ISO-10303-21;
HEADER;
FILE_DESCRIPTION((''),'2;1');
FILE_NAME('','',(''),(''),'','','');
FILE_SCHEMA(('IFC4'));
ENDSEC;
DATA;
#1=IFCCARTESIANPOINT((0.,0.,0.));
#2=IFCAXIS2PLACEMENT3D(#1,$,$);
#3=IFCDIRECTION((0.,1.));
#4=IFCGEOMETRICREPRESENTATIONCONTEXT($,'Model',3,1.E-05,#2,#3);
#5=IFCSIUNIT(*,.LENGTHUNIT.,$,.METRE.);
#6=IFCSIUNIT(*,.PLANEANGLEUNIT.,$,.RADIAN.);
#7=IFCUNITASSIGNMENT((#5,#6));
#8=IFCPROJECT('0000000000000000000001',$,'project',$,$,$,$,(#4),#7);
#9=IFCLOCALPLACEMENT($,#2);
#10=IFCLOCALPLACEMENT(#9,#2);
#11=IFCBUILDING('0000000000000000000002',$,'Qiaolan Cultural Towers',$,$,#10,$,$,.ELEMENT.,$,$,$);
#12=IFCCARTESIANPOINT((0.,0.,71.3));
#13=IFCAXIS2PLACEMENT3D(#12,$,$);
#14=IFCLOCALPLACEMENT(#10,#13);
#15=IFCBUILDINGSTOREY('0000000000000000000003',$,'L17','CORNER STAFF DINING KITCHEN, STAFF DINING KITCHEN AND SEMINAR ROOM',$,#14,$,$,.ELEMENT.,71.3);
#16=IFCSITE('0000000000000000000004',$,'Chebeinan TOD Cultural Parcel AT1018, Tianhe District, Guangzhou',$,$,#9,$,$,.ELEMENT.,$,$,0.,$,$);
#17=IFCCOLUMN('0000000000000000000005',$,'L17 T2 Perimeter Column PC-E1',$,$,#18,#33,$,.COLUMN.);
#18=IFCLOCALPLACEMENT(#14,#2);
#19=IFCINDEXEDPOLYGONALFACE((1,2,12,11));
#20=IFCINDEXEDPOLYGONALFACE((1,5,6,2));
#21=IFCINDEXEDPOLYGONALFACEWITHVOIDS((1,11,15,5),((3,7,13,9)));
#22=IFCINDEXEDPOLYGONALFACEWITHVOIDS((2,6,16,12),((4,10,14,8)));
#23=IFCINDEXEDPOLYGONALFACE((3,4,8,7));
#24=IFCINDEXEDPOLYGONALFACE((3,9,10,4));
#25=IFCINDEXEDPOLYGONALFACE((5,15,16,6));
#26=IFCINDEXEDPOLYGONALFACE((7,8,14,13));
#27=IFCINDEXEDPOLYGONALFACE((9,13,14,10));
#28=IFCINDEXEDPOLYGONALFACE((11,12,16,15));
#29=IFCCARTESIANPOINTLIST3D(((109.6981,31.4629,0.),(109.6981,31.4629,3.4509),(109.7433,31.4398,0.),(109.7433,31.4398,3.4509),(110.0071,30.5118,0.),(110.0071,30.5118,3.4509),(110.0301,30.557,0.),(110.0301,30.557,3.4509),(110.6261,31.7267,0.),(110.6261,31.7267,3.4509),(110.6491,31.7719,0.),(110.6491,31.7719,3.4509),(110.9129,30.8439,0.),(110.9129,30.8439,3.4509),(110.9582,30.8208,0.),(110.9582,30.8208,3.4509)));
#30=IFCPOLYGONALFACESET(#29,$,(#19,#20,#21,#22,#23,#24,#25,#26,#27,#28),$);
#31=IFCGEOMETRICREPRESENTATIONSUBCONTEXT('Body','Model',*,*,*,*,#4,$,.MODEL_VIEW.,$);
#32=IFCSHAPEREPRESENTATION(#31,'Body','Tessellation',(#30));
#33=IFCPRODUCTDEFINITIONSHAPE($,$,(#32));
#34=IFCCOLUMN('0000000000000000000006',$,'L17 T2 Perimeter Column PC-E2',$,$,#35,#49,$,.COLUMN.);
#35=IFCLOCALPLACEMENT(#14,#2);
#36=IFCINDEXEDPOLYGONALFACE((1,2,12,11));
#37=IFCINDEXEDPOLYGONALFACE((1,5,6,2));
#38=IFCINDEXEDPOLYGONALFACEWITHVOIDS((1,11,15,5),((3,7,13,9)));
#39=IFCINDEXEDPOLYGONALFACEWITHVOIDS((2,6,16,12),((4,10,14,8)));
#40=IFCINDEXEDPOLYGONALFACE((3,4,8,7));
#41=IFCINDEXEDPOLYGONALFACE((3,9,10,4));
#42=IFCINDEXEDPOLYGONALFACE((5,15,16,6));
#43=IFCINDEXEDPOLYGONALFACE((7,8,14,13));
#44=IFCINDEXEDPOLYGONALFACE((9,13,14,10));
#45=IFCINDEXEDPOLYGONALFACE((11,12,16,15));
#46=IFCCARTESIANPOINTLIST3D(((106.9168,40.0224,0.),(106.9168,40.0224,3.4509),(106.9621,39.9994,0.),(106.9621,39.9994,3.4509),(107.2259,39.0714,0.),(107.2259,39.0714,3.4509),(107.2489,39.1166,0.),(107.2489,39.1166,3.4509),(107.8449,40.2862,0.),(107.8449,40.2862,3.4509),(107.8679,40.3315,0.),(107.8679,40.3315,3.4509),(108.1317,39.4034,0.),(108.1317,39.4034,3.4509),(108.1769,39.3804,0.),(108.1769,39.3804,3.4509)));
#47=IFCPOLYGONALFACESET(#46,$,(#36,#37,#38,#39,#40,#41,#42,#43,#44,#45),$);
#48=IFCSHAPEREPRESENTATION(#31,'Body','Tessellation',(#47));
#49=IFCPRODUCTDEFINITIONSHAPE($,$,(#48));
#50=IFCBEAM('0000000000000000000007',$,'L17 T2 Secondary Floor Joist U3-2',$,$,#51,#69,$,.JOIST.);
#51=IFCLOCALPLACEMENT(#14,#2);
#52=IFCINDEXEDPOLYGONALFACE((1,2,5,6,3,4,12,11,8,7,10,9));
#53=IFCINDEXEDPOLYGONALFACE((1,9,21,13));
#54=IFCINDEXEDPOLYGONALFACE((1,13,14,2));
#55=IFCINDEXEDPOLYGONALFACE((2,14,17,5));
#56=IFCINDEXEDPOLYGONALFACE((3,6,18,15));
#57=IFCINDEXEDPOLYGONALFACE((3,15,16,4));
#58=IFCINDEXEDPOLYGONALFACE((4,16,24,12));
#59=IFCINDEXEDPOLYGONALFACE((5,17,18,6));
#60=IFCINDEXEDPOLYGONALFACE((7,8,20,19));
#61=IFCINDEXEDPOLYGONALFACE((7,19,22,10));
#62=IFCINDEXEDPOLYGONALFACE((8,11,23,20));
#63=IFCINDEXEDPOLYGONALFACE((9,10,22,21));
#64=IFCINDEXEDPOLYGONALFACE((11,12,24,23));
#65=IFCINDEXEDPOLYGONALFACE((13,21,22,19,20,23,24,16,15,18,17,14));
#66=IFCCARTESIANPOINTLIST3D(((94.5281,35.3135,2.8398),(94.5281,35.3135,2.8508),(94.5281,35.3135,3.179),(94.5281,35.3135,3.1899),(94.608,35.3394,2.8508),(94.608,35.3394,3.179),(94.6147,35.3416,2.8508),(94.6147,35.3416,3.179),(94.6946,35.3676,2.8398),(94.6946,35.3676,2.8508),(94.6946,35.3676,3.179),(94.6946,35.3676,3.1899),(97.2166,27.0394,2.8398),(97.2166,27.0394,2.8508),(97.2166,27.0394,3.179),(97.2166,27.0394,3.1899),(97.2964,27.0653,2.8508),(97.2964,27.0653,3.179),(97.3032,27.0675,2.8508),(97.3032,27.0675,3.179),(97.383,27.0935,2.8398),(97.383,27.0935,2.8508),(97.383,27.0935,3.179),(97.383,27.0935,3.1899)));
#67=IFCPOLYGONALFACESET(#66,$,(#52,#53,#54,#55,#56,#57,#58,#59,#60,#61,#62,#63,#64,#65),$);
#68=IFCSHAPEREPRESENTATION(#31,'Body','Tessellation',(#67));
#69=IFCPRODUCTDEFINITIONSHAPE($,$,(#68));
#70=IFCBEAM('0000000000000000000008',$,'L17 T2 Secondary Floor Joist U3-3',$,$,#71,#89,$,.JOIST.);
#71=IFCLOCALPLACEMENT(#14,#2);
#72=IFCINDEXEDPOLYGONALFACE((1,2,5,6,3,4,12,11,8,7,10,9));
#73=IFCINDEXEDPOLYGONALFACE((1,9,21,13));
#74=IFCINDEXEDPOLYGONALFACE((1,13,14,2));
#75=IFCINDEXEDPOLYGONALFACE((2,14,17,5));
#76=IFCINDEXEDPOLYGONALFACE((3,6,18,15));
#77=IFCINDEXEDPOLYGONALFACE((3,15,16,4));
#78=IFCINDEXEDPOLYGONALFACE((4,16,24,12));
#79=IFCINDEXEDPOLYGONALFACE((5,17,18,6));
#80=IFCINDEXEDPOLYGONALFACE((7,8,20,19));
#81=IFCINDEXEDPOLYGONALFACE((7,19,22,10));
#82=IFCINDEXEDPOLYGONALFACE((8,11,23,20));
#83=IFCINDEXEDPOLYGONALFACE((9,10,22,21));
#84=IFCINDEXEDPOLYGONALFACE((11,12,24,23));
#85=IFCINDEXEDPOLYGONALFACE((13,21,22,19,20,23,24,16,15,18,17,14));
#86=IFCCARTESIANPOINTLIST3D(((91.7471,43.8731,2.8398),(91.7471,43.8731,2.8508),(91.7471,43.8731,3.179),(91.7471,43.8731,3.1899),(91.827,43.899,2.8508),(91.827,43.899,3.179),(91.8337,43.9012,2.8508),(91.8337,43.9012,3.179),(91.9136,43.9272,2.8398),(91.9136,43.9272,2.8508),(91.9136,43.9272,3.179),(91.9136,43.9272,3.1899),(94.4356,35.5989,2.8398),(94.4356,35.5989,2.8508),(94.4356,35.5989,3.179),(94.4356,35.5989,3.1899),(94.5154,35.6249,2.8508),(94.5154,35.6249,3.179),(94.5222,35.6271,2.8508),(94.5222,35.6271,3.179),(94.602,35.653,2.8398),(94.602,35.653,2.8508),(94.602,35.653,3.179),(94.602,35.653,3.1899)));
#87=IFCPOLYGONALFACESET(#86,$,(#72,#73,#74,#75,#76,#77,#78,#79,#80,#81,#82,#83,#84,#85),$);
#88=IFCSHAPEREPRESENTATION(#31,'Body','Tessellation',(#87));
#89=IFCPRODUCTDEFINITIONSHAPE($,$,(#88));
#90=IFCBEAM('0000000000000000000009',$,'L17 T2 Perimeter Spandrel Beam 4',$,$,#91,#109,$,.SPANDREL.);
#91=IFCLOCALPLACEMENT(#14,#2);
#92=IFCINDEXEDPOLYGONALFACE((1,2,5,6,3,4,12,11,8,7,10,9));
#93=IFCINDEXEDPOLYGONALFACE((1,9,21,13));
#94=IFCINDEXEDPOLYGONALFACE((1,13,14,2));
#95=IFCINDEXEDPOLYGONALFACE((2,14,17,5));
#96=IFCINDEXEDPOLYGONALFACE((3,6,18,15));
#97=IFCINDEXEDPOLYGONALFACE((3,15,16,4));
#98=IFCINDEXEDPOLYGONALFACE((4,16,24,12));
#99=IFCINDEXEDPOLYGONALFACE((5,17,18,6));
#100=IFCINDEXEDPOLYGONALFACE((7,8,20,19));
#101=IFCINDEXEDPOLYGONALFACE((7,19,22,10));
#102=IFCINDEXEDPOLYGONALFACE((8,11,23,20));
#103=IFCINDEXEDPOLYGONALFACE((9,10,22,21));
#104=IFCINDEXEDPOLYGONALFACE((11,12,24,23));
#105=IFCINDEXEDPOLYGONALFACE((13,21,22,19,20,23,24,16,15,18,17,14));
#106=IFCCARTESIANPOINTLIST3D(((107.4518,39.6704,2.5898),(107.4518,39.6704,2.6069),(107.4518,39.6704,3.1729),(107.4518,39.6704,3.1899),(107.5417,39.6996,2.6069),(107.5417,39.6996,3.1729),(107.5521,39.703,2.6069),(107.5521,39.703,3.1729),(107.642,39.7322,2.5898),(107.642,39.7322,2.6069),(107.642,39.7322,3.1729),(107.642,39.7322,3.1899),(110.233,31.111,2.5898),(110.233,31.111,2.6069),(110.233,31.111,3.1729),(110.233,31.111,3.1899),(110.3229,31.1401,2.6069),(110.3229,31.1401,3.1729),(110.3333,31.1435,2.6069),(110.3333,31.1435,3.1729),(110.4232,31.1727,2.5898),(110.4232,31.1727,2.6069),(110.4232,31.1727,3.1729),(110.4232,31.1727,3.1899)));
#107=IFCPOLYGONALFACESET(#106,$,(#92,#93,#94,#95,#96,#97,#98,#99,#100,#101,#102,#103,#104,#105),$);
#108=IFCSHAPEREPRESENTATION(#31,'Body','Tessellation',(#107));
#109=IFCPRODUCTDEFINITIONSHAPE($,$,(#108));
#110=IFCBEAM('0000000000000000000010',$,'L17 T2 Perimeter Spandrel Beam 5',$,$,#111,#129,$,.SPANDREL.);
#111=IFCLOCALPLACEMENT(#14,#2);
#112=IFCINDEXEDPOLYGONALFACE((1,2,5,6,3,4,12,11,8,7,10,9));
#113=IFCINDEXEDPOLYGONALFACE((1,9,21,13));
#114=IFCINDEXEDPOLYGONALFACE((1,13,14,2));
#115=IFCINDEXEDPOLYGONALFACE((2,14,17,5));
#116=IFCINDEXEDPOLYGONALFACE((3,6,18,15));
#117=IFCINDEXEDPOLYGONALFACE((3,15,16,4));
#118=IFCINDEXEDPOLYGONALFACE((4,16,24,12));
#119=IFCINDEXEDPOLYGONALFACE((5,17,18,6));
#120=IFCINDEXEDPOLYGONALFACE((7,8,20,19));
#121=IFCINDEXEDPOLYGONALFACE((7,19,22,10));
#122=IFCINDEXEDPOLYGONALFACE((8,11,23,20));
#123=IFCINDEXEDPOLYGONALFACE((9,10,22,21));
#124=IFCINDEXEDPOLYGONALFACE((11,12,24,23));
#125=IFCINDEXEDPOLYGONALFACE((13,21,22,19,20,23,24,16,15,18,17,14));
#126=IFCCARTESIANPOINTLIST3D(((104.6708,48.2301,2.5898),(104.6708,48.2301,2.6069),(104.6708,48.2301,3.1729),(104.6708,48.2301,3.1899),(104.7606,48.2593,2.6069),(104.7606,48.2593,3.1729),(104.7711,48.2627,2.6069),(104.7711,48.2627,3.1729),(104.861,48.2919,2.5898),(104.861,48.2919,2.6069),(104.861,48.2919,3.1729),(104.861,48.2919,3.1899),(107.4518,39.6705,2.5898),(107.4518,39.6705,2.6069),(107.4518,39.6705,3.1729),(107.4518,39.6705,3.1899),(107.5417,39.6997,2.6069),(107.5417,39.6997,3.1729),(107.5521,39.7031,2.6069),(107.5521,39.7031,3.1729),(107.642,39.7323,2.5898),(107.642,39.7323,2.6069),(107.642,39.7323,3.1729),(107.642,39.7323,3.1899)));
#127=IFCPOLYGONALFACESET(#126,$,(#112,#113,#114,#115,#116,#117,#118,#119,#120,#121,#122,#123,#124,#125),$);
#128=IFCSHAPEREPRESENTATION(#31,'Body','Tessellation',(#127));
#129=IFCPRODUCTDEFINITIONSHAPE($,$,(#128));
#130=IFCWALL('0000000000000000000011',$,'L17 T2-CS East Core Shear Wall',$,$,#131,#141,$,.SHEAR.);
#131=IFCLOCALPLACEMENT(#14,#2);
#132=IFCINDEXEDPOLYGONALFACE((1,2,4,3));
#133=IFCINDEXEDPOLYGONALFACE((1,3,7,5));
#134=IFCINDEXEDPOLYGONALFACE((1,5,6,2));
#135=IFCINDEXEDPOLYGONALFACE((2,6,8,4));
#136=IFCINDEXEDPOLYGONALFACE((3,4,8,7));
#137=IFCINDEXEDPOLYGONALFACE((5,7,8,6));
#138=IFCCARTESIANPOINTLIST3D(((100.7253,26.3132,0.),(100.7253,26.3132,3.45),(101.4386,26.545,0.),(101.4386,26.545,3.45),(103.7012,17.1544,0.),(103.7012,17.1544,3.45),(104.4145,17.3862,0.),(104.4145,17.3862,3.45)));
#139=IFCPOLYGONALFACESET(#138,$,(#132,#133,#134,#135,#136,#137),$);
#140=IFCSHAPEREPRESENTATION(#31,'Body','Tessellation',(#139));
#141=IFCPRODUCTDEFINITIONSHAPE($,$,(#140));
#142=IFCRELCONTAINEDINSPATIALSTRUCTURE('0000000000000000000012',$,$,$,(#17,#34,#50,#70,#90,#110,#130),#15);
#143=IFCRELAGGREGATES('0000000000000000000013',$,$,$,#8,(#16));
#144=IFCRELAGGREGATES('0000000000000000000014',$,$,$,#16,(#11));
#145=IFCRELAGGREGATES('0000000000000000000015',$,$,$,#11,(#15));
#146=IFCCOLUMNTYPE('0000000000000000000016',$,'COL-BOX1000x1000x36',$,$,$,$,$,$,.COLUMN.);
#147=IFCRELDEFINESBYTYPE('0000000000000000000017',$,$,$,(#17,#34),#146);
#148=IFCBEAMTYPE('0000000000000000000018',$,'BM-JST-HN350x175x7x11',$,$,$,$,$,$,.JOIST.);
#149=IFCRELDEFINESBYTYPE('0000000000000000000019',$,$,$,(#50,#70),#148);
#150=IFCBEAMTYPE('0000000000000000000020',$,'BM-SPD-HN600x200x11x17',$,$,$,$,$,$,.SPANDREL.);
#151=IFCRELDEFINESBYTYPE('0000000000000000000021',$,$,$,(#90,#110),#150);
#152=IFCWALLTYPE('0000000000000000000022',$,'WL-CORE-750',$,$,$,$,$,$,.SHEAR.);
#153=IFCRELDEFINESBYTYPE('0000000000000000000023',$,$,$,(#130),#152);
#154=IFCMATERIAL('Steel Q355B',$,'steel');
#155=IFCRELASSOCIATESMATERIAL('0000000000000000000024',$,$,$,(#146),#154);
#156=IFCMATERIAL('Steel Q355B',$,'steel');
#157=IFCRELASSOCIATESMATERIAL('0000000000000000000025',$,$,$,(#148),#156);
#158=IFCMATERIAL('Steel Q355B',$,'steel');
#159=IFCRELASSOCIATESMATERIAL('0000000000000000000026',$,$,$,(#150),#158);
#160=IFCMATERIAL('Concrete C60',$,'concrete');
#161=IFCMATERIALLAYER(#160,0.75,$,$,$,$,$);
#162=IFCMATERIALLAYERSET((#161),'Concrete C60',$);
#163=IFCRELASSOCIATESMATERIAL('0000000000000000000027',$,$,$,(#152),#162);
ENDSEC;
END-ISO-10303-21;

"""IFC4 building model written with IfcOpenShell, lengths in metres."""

from ifc_helpers import new_model, si_unit, direction, frame, frame_2d, origin, origin_2d, place, context, subcontext, project, spatial, rectangle, hollow_rectangle, i_section, extrude, material, layer, layer_set, material_profile, profile_set, type_object, element, save


model = new_model("IFC4")

# Units and contexts
model_context = context("Model", 3, precision=1e-05, world=origin(), true_north=direction((0.0, 1.0)))
body_context = subcontext(model_context, "Body", "Model", "MODEL_VIEW")
ifc_project = project(units=[si_unit("LENGTHUNIT", "METRE"), si_unit("PLANEANGLEUNIT", "RADIAN")], contexts=[model_context])

# Site, building, storey
site_placement = place(None, origin())
site = spatial("IfcSite", under=ifc_project, at=site_placement, Name="Chebeinan TOD Cultural Parcel AT1018, Tianhe District, Guangzhou", CompositionType="ELEMENT", RefElevation=0.0)
building_placement = place(site_placement, origin())
building = spatial("IfcBuilding", under=site, at=building_placement, Name="Qiaolan Cultural Towers", CompositionType="ELEMENT")
storey_placement = place(building_placement, frame((0.0, 0.0, 71.3)))
storey = spatial("IfcBuildingStorey", under=building, at=storey_placement, Name="L17", Description="CORNER STAFF DINING KITCHEN, STAFF DINING KITCHEN AND SEMINAR ROOM", CompositionType="ELEMENT", Elevation=71.3)

# Columns
ifc_material_1 = material(Name="Steel Q355B", Category="steel")
ifc_material_profile_1 = material_profile(ifc_material_1, hollow_rectangle(XDim=1.0, YDim=1.0, WallThickness=0.0359, at=origin_2d()), Name="BOX1000x1000x36")
ifc_profile_set_1 = profile_set([ifc_material_profile_1], Name="Steel Q355B")
column_type = type_object("IfcColumnType", Name="COL-BOX1000x1000x36", PredefinedType="COLUMN", material=ifc_profile_set_1)
for number, where, z_axis, x_axis, name in (
    (1, (110.3281, 31.1418, 0.0), (0.0, 0.0, 1.0), (0.951057, 0.309017, 0.0), "L17 T2 Perimeter Column PC-E1"),
    (2, (107.5469, 39.7014, 0.0), (0.0, 0.0, 1.0), (0.951057, 0.309017, 0.0), "L17 T2 Perimeter Column PC-E2"),
):
    element("IfcColumn", number, at=place(storey_placement, frame(where, z_axis=z_axis, x_axis=x_axis)), inside=storey, type_object=column_type, Name=name, PredefinedType="COLUMN", context=body_context, shape_type="SweptSolid", body=[
        extrude(hollow_rectangle(XDim=1.0, YDim=1.0, WallThickness=0.0359, at=origin_2d()), origin(), (0.0, 0.0, 1.0), 3.4509),
    ])

# Beams
ifc_material_2 = material(Name="Steel Q355B", Category="steel")
ifc_material_profile_2 = material_profile(ifc_material_2, i_section(OverallWidth=0.175, OverallDepth=0.3501, WebThickness=0.0071, FlangeThickness=0.011, at=origin_2d()), Name="HN350x175x7x11")
ifc_profile_set_2 = profile_set([ifc_material_profile_2], Name="Steel Q355B")
beam_type_1 = type_object("IfcBeamType", Name="BM-JST-HN350x175x7x11", PredefinedType="JOIST", material=ifc_profile_set_2)
for number, where, z_axis, x_axis, name in (
    (3, (97.2998, 27.0664, 3.0149), (-0.309021, 0.951055, 0.0), (-0.951055, -0.309021, 0.0), "L17 T2 Secondary Floor Joist U3-2"),
    (4, (94.5188, 35.626, 3.0149), (-0.309021, 0.951055, 0.0), (-0.951055, -0.309021, 0.0), "L17 T2 Secondary Floor Joist U3-3"),
):
    element("IfcBeam", number, at=place(storey_placement, frame(where, z_axis=z_axis, x_axis=x_axis)), inside=storey, type_object=beam_type_1, Name=name, PredefinedType="JOIST", context=body_context, shape_type="SweptSolid", body=[
        extrude(i_section(OverallWidth=0.175, OverallDepth=0.3501, WebThickness=0.0071, FlangeThickness=0.011, at=origin_2d()), origin(), (0.0, 0.0, 1.0), 8.7),
    ])
ifc_material_3 = material(Name="Steel Q355B", Category="steel")
ifc_material_profile_3 = material_profile(ifc_material_3, i_section(OverallWidth=0.2, OverallDepth=0.6001, WebThickness=0.011, FlangeThickness=0.0171, at=origin_2d()), Name="HN600x200x11x17")
ifc_profile_set_3 = profile_set([ifc_material_profile_3], Name="Steel Q355B")
beam_type_2 = type_object("IfcBeamType", Name="BM-SPD-HN600x200x11x17", PredefinedType="SPANDREL", material=ifc_profile_set_3)
for number, where, z_axis, x_axis, name in (
    (5, (110.3281, 31.1418, 2.8899), (-0.309025, 0.951054, 0.0), (-0.951054, -0.309025, 0.0), "L17 T2 Perimeter Spandrel Beam 4"),
    (6, (107.5469, 39.7014, 2.8899), (-0.309, 0.951062, 0.0), (-0.951062, -0.309, 0.0), "L17 T2 Perimeter Spandrel Beam 5"),
):
    element("IfcBeam", number, at=place(storey_placement, frame(where, z_axis=z_axis, x_axis=x_axis)), inside=storey, type_object=beam_type_2, Name=name, PredefinedType="SPANDREL", context=body_context, shape_type="SweptSolid", body=[
        extrude(i_section(OverallWidth=0.2, OverallDepth=0.6001, WebThickness=0.011, FlangeThickness=0.0171, at=origin_2d()), origin(), (0.0, 0.0, 1.0), 9.0),
    ])

# Wall
ifc_material_4 = material(Name="Concrete C60", Category="concrete")
ifc_layer_1 = layer(ifc_material_4, 0.75)
ifc_layer_set_1 = layer_set([ifc_layer_1], Name="Concrete C60")
wall_type_1 = type_object("IfcWallType", Name="WL-CORE-750", PredefinedType="SHEAR", material=ifc_layer_set_1)
wall_1_placement = place(storey_placement, frame((101.082, 26.429, 0.0), z_axis=(0.0, 0.0, 1.0), x_axis=(0.309016, -0.951057, 0.0)))
element("IfcWall", 7, at=wall_1_placement, inside=storey, type_object=wall_type_1, Name="L17 T2-CS East Core Shear Wall", PredefinedType="SHEAR", context=body_context, shape_type="SweptSolid", body=[
    extrude(rectangle(XDim=9.6301, YDim=0.75, at=frame_2d((4.8149, 0.0))), origin(), (0.0, 0.0, 1.0), 3.45),
])

save(model, "model.ifc")
